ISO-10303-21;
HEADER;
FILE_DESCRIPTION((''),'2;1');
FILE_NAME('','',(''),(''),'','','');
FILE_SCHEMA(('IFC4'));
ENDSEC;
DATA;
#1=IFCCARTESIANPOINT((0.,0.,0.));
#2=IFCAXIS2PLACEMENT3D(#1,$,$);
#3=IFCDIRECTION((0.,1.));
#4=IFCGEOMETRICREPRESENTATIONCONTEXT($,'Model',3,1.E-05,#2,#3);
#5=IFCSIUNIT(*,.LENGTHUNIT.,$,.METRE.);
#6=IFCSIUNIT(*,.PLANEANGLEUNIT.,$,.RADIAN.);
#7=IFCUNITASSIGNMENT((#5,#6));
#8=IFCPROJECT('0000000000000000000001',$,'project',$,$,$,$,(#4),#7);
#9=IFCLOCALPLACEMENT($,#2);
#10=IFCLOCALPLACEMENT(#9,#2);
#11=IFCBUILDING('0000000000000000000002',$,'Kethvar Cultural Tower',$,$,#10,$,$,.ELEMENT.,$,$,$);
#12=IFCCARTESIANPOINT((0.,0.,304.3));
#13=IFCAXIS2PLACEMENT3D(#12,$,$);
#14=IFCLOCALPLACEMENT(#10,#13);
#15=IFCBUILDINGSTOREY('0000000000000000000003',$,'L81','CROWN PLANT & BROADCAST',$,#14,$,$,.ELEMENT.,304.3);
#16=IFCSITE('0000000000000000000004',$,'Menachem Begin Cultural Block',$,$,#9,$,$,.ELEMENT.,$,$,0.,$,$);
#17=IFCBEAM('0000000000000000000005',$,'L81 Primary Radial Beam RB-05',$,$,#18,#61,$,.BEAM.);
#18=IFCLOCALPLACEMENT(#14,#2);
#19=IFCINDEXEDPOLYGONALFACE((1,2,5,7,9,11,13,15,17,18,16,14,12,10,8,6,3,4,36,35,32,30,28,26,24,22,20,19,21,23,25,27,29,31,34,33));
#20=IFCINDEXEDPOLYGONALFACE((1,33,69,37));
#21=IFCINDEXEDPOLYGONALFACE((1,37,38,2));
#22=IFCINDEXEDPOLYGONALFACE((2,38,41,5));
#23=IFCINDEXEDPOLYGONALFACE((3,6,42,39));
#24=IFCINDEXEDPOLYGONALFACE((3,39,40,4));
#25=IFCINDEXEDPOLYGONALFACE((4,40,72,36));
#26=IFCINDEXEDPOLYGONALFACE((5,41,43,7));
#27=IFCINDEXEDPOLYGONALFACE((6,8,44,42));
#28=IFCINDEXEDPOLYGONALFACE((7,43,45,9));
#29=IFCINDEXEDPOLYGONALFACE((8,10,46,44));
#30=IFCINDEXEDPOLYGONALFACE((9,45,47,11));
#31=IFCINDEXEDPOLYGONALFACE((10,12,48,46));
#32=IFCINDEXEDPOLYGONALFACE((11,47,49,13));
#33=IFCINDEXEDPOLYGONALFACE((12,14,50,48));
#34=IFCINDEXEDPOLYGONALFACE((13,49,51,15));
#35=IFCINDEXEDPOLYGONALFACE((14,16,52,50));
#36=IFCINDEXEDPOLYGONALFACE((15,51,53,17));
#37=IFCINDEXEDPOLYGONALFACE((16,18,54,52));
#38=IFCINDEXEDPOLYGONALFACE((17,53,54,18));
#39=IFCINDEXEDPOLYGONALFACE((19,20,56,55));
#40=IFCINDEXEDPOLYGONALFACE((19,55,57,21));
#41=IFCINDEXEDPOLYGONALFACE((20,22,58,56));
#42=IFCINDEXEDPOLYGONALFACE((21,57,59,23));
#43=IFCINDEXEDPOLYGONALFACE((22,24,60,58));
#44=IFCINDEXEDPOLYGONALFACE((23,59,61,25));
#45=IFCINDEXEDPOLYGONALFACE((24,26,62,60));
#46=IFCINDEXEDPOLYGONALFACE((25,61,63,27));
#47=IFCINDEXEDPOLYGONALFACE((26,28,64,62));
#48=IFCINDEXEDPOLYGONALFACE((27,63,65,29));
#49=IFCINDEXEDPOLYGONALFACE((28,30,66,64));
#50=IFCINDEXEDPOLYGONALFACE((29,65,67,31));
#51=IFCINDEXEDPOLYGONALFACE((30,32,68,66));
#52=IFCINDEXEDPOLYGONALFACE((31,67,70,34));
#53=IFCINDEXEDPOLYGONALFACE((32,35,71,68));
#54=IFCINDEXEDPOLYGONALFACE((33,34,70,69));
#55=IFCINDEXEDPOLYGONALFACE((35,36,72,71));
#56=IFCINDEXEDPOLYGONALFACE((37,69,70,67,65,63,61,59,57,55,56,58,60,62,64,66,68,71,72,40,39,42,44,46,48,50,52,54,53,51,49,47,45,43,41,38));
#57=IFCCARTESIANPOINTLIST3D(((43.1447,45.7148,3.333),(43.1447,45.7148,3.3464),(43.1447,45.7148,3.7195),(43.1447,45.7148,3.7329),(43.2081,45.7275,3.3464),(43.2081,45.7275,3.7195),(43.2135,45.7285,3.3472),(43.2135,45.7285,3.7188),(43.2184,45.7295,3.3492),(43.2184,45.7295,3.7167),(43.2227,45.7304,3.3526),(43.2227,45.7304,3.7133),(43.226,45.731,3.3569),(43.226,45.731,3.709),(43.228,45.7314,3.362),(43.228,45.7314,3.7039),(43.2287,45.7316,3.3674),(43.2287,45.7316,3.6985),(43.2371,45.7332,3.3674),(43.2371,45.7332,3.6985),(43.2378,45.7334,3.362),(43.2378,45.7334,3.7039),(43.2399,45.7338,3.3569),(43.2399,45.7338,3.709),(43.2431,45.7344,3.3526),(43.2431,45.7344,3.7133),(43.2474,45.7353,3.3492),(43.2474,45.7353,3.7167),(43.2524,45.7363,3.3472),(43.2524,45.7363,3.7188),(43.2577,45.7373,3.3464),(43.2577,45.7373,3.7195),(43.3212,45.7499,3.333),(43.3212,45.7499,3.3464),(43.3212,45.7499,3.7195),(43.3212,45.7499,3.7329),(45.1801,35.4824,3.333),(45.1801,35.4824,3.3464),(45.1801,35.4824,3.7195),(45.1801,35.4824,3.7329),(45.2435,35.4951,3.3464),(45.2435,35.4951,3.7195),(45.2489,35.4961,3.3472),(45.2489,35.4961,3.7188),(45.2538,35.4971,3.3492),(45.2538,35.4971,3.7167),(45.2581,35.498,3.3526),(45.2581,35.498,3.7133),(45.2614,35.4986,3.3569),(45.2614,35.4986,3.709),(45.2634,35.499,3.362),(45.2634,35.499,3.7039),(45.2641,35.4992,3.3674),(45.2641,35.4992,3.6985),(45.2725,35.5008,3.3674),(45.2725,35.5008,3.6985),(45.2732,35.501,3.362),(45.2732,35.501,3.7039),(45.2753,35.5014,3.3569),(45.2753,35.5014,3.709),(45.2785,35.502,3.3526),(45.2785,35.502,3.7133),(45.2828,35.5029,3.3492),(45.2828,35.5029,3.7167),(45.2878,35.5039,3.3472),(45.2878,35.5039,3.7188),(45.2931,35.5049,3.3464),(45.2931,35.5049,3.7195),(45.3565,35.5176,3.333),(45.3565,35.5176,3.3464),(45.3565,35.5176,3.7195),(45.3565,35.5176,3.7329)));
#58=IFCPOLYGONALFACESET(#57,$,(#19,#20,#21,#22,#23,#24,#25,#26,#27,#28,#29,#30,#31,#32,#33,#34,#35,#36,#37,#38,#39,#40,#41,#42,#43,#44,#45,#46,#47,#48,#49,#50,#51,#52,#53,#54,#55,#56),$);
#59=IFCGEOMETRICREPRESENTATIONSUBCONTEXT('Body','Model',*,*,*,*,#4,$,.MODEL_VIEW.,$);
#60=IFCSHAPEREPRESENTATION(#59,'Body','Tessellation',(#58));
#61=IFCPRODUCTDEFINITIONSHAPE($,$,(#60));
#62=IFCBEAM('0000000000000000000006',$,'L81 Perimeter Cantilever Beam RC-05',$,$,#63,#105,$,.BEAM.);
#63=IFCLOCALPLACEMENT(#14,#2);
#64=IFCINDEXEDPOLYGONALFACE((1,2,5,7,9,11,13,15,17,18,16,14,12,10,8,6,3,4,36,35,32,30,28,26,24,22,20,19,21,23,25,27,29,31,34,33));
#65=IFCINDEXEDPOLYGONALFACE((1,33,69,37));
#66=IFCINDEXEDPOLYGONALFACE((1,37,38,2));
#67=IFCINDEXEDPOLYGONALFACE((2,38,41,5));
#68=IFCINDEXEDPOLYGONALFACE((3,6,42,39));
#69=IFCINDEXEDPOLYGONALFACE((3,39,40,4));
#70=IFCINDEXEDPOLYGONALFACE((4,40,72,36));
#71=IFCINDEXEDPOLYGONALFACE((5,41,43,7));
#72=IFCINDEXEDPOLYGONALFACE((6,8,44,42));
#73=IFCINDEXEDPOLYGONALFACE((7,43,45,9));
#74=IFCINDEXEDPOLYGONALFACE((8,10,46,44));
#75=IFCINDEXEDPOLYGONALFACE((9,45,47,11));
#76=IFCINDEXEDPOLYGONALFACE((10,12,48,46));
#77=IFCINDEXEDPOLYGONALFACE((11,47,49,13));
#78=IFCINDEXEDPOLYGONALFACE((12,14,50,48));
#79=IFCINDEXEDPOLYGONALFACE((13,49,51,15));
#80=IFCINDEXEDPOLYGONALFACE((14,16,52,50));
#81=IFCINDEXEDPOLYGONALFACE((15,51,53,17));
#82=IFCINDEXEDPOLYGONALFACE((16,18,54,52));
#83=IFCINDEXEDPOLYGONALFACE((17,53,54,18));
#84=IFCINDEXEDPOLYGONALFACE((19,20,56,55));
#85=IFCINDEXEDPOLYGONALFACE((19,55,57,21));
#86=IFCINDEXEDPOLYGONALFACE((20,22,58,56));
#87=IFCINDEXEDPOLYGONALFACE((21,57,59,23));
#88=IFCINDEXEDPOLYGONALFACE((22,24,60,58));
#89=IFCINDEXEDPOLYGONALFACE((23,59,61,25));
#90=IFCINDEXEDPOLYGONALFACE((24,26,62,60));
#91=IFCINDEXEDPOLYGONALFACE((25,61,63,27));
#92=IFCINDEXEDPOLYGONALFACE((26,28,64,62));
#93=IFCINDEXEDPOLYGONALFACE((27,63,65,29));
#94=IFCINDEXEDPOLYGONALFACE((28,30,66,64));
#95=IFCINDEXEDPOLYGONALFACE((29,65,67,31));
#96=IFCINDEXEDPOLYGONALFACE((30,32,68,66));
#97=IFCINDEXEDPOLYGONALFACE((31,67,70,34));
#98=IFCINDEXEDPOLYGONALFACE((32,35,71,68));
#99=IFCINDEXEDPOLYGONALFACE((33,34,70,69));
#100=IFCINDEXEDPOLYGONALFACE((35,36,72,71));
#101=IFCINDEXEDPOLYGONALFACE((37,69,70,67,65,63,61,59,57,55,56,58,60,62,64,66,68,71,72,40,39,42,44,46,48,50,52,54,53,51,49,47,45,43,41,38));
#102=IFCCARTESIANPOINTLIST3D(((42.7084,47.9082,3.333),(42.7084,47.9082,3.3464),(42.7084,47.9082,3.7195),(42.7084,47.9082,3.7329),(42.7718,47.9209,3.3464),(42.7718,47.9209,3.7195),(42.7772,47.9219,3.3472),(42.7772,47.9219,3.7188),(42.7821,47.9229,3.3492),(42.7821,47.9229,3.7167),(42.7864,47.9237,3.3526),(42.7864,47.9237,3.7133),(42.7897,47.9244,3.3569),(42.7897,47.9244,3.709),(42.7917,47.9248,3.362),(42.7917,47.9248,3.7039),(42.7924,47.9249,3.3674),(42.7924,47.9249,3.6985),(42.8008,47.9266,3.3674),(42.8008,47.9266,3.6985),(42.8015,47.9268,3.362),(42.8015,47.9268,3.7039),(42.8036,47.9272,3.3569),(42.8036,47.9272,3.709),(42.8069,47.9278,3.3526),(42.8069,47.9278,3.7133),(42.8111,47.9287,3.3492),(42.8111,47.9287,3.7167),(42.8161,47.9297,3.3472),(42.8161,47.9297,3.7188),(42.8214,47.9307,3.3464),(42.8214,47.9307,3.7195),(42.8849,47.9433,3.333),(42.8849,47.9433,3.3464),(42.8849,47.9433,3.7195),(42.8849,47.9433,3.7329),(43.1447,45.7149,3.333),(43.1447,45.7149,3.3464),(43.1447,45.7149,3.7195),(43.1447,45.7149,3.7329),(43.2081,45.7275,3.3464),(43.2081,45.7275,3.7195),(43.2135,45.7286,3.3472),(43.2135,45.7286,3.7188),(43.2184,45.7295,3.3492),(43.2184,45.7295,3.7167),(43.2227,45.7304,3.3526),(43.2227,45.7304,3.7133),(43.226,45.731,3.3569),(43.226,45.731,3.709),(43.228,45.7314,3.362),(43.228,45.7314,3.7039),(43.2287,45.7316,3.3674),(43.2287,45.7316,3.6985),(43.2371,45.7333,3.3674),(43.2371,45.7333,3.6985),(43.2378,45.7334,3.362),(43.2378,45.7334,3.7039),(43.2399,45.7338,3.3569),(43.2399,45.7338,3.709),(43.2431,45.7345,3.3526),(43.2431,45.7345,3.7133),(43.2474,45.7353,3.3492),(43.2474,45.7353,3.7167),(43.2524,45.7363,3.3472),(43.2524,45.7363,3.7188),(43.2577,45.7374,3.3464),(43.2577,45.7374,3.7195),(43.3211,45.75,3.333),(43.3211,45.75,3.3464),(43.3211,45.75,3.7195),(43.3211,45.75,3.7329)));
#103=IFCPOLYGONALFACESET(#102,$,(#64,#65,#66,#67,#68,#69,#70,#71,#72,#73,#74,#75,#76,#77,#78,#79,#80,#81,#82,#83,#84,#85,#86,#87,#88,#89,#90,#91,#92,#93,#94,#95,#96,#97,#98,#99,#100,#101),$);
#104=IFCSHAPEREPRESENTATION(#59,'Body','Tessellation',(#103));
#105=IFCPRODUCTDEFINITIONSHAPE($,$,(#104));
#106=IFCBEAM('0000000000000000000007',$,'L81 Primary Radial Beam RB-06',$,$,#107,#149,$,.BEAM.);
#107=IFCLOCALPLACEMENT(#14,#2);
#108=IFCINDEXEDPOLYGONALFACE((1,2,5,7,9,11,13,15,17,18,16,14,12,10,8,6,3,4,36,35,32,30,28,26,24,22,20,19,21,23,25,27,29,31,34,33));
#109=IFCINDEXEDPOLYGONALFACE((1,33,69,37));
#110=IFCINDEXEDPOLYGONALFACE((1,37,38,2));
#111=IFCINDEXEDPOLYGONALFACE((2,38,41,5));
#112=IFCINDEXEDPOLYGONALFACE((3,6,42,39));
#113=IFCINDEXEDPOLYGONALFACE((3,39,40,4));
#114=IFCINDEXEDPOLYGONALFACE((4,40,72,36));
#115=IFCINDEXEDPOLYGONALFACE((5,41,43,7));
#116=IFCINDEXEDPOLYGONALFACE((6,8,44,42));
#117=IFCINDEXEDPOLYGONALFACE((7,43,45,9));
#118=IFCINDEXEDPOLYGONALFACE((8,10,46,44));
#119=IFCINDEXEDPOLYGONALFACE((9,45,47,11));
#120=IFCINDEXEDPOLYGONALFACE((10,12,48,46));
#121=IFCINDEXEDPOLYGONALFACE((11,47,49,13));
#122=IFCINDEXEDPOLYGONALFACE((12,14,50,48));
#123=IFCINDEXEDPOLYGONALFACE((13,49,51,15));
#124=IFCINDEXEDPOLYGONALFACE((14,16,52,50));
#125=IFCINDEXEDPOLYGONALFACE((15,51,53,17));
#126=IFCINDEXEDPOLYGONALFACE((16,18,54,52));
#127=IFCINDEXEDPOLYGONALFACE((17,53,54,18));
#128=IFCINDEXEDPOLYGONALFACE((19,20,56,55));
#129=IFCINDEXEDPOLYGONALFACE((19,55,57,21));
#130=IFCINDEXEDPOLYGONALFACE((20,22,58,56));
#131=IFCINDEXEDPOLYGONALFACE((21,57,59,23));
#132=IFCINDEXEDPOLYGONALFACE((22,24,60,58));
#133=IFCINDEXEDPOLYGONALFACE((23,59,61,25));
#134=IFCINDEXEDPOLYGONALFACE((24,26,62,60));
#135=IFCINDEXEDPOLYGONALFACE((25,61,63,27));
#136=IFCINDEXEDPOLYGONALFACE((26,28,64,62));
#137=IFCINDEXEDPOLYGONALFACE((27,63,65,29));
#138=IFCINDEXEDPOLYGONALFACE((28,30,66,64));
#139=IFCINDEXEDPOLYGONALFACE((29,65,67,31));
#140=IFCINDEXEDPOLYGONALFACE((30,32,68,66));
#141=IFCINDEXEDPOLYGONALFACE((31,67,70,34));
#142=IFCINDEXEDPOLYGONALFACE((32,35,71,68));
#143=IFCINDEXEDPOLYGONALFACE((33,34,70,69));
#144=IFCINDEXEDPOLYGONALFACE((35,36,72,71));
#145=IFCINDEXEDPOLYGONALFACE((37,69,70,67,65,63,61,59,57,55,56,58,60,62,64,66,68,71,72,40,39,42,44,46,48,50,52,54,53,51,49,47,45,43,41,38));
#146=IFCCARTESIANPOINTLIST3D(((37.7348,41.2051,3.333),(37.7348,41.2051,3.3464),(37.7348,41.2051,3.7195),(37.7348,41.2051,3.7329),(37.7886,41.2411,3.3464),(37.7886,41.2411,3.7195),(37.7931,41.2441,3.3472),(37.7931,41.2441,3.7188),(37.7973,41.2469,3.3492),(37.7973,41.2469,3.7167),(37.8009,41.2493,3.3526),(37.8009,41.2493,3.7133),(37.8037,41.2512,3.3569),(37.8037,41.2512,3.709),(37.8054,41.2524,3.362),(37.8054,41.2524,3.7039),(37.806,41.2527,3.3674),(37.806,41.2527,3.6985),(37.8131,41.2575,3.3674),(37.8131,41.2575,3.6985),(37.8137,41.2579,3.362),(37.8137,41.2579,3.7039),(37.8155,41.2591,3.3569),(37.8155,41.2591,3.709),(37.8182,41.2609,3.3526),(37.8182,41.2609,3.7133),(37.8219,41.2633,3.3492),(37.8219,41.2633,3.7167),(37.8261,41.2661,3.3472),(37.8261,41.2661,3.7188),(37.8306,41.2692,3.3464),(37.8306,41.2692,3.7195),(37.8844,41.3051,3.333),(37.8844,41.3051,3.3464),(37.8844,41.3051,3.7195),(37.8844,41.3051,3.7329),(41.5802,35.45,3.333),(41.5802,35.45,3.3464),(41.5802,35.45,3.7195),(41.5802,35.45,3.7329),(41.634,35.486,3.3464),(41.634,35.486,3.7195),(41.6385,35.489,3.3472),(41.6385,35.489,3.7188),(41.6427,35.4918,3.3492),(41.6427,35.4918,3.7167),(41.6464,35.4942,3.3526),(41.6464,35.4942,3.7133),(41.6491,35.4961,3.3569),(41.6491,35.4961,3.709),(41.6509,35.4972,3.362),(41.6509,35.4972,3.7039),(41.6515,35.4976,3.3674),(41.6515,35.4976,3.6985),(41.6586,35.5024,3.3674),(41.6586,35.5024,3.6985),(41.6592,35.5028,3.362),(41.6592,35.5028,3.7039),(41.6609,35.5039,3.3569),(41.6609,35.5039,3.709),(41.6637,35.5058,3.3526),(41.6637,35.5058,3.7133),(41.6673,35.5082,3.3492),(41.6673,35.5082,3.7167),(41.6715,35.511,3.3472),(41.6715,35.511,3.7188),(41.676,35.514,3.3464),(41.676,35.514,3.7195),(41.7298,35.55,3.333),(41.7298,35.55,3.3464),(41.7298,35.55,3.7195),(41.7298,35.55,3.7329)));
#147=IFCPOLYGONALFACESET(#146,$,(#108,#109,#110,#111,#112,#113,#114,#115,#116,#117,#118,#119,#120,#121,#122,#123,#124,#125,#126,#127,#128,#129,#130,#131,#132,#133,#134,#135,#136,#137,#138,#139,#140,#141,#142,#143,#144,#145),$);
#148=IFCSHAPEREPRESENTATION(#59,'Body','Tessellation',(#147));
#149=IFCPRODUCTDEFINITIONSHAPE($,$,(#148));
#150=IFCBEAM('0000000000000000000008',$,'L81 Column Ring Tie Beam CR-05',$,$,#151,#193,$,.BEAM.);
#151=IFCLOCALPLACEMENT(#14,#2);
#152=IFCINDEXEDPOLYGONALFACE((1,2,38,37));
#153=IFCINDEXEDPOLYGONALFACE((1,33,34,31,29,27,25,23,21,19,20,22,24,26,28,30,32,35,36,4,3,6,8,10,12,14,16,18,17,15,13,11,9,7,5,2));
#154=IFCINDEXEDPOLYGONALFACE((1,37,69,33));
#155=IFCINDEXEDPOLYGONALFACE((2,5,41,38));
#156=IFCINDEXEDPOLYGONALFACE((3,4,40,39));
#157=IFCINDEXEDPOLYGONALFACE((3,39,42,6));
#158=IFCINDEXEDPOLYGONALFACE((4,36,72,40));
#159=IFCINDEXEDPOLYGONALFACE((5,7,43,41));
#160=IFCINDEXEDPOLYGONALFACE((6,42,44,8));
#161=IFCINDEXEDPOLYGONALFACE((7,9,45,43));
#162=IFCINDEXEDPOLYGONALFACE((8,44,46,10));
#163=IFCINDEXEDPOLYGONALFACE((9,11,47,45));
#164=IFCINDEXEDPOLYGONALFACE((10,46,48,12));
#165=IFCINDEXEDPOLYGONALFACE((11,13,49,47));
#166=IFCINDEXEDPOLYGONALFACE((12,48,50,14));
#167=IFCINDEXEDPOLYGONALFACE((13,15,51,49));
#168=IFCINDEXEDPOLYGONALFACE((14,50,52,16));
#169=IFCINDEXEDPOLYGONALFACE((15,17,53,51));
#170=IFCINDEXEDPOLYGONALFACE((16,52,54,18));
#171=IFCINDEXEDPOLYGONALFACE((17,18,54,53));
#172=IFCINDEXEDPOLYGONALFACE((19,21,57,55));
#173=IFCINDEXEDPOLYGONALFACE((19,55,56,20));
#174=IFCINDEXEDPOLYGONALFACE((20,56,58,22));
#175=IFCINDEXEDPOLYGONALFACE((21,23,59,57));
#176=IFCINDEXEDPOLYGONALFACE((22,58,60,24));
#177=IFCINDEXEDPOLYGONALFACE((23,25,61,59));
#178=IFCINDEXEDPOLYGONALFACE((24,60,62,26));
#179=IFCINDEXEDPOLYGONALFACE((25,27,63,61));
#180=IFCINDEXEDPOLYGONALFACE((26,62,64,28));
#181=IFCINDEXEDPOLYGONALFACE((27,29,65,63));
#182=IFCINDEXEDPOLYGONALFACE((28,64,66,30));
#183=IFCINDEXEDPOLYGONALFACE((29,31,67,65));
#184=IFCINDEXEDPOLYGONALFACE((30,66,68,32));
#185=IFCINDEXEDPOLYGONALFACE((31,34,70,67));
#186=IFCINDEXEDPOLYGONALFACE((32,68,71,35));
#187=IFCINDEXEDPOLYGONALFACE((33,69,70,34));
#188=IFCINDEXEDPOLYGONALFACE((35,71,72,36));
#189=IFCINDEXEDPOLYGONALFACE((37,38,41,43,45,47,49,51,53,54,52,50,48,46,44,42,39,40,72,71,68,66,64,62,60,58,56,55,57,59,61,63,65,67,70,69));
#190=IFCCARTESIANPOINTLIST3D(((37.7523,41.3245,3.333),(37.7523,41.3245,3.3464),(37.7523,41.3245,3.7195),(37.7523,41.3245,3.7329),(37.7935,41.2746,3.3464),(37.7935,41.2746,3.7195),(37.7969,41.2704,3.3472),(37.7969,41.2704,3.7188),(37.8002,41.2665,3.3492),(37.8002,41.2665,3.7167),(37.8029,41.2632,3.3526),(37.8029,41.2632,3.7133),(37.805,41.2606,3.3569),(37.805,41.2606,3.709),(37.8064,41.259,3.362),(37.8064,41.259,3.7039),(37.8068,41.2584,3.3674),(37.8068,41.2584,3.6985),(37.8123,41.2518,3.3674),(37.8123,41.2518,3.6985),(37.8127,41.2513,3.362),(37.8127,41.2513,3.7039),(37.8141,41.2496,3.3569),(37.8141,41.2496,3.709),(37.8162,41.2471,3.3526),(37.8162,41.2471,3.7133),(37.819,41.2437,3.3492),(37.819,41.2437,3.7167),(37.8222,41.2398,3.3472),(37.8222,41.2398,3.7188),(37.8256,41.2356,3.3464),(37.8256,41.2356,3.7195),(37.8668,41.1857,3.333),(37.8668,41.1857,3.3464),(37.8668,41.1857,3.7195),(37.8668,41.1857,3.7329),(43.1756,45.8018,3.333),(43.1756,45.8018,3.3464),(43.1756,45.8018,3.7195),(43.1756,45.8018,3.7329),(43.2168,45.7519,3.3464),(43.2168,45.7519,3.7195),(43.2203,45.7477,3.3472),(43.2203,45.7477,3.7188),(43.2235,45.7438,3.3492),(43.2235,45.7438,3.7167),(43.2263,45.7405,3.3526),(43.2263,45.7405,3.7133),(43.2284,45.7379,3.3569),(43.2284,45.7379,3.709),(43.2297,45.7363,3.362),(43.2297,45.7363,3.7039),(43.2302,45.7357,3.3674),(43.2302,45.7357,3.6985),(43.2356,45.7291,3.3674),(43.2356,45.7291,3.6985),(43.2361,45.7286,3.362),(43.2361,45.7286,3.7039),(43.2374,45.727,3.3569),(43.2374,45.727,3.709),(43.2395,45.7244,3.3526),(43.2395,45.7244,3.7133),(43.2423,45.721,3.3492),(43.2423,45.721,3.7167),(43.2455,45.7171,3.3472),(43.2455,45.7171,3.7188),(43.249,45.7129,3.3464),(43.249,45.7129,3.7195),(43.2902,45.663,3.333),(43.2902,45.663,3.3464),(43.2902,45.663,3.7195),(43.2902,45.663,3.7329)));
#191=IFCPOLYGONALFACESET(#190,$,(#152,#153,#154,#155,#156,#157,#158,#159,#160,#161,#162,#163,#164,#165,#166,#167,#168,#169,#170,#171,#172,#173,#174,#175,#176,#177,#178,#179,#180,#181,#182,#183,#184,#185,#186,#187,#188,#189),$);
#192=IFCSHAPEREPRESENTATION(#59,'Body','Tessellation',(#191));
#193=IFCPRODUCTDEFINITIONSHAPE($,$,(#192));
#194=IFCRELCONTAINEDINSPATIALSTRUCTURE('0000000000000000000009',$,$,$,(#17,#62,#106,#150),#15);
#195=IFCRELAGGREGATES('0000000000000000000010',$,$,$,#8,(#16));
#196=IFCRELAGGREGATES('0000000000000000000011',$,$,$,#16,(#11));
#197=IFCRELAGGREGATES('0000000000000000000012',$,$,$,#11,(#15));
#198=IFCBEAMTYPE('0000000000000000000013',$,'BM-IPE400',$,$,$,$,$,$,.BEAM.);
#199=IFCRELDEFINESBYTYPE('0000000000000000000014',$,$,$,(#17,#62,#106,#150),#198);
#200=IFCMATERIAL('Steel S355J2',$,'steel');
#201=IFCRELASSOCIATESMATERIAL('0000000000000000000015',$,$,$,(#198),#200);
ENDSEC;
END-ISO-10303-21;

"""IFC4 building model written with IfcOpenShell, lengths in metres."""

from ifc_helpers import new_model, si_unit, direction, frame, origin, origin_2d, place, context, subcontext, project, spatial, i_section, extrude, source, transform, mapped, material, material_profile, profile_set, type_object, element, save


model = new_model("IFC4")

# Units and contexts
model_context = context("Model", 3, precision=1e-05, world=origin(), true_north=direction((0.0, 1.0)))
body_context = subcontext(model_context, "Body", "Model", "MODEL_VIEW")
ifc_project = project(units=[si_unit("LENGTHUNIT", "METRE"), si_unit("PLANEANGLEUNIT", "RADIAN")], contexts=[model_context])

# Site, building, storey
site_placement = place(None, origin())
site = spatial("IfcSite", under=ifc_project, at=site_placement, Name="Menachem Begin Cultural Block", CompositionType="ELEMENT", RefElevation=0.0)
building_placement = place(site_placement, origin())
building = spatial("IfcBuilding", under=site, at=building_placement, Name="Kethvar Cultural Tower", CompositionType="ELEMENT")
storey_placement = place(building_placement, frame((0.0, 0.0, 304.3)))
storey = spatial("IfcBuildingStorey", under=building, at=storey_placement, Name="L81", Description="CROWN PLANT & BROADCAST", CompositionType="ELEMENT", Elevation=304.3)

# Shared definitions
ifc_material_1 = material(Name="Steel S355J2", Category="steel")

# Beams
ifc_material_profile_1 = material_profile(ifc_material_1, i_section(OverallWidth=0.1799, OverallDepth=0.3999, WebThickness=0.0085, FlangeThickness=0.0134, FilletRadius=0.021, at=origin_2d()), Name="Steel S355J2 — IPE400")
ifc_profile_set_1 = profile_set([ifc_material_profile_1], Name="Steel S355J2 — IPE400")
beam_type_1 = type_object("IfcBeamType", Name="BM-IPE400", PredefinedType="BEAM", material=ifc_profile_set_1)
shared_shape_1 = source(origin(), body_context, "Body", "SweptSolid", [
    extrude(i_section(OverallWidth=0.1799, OverallDepth=0.3999, WebThickness=0.0085, FlangeThickness=0.0134, FilletRadius=0.021, at=origin_2d()), origin(), (0.0, 0.0, 1.0), 10.4329),
])
beam_1_placement = place(storey_placement, frame((45.2683, 35.5, 3.533), z_axis=(-0.195094, 0.980784, 0.0), x_axis=(-0.980784, -0.195094, 0.0)))
element("IfcBeam", 1, at=beam_1_placement, inside=storey, type_object=beam_type_1, Name="L81 Primary Radial Beam RB-05", PredefinedType="BEAM", context=body_context, shape_type="MappedRepresentation", body=[
    mapped(shared_shape_1, transform((0.0, 0.0, 0.0), scale=1.0)),
])
shared_shape_2 = source(origin(), body_context, "Body", "SweptSolid", [
    extrude(i_section(OverallWidth=0.1799, OverallDepth=0.3999, WebThickness=0.0085, FlangeThickness=0.0134, FilletRadius=0.021, at=origin_2d()), origin(), (0.0, 0.0, 1.0), 2.2363),
])
beam_2_placement = place(storey_placement, frame((43.2329, 45.7324, 3.533), z_axis=(-0.195087, 0.980786, 0.0), x_axis=(-0.980786, -0.195087, 0.0)))
element("IfcBeam", 2, at=beam_2_placement, inside=storey, type_object=beam_type_1, Name="L81 Perimeter Cantilever Beam RC-05", PredefinedType="BEAM", context=body_context, shape_type="MappedRepresentation", body=[
    mapped(shared_shape_2, transform((0.0, 0.0, 0.0), scale=1.0)),
])
shared_shape_3 = source(origin(), body_context, "Body", "SweptSolid", [
    extrude(i_section(OverallWidth=0.1799, OverallDepth=0.3999, WebThickness=0.0085, FlangeThickness=0.0134, FilletRadius=0.021, at=origin_2d()), origin(), (0.0, 0.0, 1.0), 6.9216),
])
beam_3_placement = place(storey_placement, frame((41.655, 35.5, 3.533), z_axis=(-0.555571, 0.831469, 0.0), x_axis=(-0.831469, -0.555571, 0.0)))
element("IfcBeam", 3, at=beam_3_placement, inside=storey, type_object=beam_type_1, Name="L81 Primary Radial Beam RB-06", PredefinedType="BEAM", context=body_context, shape_type="MappedRepresentation", body=[
    mapped(shared_shape_3, transform((0.0, 0.0, 0.0), scale=1.0)),
])
shared_shape_4 = source(origin(), body_context, "Body", "SweptSolid", [
    extrude(i_section(OverallWidth=0.1799, OverallDepth=0.3999, WebThickness=0.0085, FlangeThickness=0.0134, FilletRadius=0.021, at=origin_2d()), origin(), (0.0, 0.0, 1.0), 7.0327),
])
beam_4_placement = place(storey_placement, frame((43.2329, 45.7324, 3.533), z_axis=(-0.771161, -0.63664, 0.0), x_axis=(0.63664, -0.771161, 0.0)))
element("IfcBeam", 4, at=beam_4_placement, inside=storey, type_object=beam_type_1, Name="L81 Column Ring Tie Beam CR-05", PredefinedType="BEAM", context=body_context, shape_type="MappedRepresentation", body=[
    mapped(shared_shape_4, transform((0.0, 0.0, 0.0), scale=1.0)),
])

save(model, "model.ifc")
